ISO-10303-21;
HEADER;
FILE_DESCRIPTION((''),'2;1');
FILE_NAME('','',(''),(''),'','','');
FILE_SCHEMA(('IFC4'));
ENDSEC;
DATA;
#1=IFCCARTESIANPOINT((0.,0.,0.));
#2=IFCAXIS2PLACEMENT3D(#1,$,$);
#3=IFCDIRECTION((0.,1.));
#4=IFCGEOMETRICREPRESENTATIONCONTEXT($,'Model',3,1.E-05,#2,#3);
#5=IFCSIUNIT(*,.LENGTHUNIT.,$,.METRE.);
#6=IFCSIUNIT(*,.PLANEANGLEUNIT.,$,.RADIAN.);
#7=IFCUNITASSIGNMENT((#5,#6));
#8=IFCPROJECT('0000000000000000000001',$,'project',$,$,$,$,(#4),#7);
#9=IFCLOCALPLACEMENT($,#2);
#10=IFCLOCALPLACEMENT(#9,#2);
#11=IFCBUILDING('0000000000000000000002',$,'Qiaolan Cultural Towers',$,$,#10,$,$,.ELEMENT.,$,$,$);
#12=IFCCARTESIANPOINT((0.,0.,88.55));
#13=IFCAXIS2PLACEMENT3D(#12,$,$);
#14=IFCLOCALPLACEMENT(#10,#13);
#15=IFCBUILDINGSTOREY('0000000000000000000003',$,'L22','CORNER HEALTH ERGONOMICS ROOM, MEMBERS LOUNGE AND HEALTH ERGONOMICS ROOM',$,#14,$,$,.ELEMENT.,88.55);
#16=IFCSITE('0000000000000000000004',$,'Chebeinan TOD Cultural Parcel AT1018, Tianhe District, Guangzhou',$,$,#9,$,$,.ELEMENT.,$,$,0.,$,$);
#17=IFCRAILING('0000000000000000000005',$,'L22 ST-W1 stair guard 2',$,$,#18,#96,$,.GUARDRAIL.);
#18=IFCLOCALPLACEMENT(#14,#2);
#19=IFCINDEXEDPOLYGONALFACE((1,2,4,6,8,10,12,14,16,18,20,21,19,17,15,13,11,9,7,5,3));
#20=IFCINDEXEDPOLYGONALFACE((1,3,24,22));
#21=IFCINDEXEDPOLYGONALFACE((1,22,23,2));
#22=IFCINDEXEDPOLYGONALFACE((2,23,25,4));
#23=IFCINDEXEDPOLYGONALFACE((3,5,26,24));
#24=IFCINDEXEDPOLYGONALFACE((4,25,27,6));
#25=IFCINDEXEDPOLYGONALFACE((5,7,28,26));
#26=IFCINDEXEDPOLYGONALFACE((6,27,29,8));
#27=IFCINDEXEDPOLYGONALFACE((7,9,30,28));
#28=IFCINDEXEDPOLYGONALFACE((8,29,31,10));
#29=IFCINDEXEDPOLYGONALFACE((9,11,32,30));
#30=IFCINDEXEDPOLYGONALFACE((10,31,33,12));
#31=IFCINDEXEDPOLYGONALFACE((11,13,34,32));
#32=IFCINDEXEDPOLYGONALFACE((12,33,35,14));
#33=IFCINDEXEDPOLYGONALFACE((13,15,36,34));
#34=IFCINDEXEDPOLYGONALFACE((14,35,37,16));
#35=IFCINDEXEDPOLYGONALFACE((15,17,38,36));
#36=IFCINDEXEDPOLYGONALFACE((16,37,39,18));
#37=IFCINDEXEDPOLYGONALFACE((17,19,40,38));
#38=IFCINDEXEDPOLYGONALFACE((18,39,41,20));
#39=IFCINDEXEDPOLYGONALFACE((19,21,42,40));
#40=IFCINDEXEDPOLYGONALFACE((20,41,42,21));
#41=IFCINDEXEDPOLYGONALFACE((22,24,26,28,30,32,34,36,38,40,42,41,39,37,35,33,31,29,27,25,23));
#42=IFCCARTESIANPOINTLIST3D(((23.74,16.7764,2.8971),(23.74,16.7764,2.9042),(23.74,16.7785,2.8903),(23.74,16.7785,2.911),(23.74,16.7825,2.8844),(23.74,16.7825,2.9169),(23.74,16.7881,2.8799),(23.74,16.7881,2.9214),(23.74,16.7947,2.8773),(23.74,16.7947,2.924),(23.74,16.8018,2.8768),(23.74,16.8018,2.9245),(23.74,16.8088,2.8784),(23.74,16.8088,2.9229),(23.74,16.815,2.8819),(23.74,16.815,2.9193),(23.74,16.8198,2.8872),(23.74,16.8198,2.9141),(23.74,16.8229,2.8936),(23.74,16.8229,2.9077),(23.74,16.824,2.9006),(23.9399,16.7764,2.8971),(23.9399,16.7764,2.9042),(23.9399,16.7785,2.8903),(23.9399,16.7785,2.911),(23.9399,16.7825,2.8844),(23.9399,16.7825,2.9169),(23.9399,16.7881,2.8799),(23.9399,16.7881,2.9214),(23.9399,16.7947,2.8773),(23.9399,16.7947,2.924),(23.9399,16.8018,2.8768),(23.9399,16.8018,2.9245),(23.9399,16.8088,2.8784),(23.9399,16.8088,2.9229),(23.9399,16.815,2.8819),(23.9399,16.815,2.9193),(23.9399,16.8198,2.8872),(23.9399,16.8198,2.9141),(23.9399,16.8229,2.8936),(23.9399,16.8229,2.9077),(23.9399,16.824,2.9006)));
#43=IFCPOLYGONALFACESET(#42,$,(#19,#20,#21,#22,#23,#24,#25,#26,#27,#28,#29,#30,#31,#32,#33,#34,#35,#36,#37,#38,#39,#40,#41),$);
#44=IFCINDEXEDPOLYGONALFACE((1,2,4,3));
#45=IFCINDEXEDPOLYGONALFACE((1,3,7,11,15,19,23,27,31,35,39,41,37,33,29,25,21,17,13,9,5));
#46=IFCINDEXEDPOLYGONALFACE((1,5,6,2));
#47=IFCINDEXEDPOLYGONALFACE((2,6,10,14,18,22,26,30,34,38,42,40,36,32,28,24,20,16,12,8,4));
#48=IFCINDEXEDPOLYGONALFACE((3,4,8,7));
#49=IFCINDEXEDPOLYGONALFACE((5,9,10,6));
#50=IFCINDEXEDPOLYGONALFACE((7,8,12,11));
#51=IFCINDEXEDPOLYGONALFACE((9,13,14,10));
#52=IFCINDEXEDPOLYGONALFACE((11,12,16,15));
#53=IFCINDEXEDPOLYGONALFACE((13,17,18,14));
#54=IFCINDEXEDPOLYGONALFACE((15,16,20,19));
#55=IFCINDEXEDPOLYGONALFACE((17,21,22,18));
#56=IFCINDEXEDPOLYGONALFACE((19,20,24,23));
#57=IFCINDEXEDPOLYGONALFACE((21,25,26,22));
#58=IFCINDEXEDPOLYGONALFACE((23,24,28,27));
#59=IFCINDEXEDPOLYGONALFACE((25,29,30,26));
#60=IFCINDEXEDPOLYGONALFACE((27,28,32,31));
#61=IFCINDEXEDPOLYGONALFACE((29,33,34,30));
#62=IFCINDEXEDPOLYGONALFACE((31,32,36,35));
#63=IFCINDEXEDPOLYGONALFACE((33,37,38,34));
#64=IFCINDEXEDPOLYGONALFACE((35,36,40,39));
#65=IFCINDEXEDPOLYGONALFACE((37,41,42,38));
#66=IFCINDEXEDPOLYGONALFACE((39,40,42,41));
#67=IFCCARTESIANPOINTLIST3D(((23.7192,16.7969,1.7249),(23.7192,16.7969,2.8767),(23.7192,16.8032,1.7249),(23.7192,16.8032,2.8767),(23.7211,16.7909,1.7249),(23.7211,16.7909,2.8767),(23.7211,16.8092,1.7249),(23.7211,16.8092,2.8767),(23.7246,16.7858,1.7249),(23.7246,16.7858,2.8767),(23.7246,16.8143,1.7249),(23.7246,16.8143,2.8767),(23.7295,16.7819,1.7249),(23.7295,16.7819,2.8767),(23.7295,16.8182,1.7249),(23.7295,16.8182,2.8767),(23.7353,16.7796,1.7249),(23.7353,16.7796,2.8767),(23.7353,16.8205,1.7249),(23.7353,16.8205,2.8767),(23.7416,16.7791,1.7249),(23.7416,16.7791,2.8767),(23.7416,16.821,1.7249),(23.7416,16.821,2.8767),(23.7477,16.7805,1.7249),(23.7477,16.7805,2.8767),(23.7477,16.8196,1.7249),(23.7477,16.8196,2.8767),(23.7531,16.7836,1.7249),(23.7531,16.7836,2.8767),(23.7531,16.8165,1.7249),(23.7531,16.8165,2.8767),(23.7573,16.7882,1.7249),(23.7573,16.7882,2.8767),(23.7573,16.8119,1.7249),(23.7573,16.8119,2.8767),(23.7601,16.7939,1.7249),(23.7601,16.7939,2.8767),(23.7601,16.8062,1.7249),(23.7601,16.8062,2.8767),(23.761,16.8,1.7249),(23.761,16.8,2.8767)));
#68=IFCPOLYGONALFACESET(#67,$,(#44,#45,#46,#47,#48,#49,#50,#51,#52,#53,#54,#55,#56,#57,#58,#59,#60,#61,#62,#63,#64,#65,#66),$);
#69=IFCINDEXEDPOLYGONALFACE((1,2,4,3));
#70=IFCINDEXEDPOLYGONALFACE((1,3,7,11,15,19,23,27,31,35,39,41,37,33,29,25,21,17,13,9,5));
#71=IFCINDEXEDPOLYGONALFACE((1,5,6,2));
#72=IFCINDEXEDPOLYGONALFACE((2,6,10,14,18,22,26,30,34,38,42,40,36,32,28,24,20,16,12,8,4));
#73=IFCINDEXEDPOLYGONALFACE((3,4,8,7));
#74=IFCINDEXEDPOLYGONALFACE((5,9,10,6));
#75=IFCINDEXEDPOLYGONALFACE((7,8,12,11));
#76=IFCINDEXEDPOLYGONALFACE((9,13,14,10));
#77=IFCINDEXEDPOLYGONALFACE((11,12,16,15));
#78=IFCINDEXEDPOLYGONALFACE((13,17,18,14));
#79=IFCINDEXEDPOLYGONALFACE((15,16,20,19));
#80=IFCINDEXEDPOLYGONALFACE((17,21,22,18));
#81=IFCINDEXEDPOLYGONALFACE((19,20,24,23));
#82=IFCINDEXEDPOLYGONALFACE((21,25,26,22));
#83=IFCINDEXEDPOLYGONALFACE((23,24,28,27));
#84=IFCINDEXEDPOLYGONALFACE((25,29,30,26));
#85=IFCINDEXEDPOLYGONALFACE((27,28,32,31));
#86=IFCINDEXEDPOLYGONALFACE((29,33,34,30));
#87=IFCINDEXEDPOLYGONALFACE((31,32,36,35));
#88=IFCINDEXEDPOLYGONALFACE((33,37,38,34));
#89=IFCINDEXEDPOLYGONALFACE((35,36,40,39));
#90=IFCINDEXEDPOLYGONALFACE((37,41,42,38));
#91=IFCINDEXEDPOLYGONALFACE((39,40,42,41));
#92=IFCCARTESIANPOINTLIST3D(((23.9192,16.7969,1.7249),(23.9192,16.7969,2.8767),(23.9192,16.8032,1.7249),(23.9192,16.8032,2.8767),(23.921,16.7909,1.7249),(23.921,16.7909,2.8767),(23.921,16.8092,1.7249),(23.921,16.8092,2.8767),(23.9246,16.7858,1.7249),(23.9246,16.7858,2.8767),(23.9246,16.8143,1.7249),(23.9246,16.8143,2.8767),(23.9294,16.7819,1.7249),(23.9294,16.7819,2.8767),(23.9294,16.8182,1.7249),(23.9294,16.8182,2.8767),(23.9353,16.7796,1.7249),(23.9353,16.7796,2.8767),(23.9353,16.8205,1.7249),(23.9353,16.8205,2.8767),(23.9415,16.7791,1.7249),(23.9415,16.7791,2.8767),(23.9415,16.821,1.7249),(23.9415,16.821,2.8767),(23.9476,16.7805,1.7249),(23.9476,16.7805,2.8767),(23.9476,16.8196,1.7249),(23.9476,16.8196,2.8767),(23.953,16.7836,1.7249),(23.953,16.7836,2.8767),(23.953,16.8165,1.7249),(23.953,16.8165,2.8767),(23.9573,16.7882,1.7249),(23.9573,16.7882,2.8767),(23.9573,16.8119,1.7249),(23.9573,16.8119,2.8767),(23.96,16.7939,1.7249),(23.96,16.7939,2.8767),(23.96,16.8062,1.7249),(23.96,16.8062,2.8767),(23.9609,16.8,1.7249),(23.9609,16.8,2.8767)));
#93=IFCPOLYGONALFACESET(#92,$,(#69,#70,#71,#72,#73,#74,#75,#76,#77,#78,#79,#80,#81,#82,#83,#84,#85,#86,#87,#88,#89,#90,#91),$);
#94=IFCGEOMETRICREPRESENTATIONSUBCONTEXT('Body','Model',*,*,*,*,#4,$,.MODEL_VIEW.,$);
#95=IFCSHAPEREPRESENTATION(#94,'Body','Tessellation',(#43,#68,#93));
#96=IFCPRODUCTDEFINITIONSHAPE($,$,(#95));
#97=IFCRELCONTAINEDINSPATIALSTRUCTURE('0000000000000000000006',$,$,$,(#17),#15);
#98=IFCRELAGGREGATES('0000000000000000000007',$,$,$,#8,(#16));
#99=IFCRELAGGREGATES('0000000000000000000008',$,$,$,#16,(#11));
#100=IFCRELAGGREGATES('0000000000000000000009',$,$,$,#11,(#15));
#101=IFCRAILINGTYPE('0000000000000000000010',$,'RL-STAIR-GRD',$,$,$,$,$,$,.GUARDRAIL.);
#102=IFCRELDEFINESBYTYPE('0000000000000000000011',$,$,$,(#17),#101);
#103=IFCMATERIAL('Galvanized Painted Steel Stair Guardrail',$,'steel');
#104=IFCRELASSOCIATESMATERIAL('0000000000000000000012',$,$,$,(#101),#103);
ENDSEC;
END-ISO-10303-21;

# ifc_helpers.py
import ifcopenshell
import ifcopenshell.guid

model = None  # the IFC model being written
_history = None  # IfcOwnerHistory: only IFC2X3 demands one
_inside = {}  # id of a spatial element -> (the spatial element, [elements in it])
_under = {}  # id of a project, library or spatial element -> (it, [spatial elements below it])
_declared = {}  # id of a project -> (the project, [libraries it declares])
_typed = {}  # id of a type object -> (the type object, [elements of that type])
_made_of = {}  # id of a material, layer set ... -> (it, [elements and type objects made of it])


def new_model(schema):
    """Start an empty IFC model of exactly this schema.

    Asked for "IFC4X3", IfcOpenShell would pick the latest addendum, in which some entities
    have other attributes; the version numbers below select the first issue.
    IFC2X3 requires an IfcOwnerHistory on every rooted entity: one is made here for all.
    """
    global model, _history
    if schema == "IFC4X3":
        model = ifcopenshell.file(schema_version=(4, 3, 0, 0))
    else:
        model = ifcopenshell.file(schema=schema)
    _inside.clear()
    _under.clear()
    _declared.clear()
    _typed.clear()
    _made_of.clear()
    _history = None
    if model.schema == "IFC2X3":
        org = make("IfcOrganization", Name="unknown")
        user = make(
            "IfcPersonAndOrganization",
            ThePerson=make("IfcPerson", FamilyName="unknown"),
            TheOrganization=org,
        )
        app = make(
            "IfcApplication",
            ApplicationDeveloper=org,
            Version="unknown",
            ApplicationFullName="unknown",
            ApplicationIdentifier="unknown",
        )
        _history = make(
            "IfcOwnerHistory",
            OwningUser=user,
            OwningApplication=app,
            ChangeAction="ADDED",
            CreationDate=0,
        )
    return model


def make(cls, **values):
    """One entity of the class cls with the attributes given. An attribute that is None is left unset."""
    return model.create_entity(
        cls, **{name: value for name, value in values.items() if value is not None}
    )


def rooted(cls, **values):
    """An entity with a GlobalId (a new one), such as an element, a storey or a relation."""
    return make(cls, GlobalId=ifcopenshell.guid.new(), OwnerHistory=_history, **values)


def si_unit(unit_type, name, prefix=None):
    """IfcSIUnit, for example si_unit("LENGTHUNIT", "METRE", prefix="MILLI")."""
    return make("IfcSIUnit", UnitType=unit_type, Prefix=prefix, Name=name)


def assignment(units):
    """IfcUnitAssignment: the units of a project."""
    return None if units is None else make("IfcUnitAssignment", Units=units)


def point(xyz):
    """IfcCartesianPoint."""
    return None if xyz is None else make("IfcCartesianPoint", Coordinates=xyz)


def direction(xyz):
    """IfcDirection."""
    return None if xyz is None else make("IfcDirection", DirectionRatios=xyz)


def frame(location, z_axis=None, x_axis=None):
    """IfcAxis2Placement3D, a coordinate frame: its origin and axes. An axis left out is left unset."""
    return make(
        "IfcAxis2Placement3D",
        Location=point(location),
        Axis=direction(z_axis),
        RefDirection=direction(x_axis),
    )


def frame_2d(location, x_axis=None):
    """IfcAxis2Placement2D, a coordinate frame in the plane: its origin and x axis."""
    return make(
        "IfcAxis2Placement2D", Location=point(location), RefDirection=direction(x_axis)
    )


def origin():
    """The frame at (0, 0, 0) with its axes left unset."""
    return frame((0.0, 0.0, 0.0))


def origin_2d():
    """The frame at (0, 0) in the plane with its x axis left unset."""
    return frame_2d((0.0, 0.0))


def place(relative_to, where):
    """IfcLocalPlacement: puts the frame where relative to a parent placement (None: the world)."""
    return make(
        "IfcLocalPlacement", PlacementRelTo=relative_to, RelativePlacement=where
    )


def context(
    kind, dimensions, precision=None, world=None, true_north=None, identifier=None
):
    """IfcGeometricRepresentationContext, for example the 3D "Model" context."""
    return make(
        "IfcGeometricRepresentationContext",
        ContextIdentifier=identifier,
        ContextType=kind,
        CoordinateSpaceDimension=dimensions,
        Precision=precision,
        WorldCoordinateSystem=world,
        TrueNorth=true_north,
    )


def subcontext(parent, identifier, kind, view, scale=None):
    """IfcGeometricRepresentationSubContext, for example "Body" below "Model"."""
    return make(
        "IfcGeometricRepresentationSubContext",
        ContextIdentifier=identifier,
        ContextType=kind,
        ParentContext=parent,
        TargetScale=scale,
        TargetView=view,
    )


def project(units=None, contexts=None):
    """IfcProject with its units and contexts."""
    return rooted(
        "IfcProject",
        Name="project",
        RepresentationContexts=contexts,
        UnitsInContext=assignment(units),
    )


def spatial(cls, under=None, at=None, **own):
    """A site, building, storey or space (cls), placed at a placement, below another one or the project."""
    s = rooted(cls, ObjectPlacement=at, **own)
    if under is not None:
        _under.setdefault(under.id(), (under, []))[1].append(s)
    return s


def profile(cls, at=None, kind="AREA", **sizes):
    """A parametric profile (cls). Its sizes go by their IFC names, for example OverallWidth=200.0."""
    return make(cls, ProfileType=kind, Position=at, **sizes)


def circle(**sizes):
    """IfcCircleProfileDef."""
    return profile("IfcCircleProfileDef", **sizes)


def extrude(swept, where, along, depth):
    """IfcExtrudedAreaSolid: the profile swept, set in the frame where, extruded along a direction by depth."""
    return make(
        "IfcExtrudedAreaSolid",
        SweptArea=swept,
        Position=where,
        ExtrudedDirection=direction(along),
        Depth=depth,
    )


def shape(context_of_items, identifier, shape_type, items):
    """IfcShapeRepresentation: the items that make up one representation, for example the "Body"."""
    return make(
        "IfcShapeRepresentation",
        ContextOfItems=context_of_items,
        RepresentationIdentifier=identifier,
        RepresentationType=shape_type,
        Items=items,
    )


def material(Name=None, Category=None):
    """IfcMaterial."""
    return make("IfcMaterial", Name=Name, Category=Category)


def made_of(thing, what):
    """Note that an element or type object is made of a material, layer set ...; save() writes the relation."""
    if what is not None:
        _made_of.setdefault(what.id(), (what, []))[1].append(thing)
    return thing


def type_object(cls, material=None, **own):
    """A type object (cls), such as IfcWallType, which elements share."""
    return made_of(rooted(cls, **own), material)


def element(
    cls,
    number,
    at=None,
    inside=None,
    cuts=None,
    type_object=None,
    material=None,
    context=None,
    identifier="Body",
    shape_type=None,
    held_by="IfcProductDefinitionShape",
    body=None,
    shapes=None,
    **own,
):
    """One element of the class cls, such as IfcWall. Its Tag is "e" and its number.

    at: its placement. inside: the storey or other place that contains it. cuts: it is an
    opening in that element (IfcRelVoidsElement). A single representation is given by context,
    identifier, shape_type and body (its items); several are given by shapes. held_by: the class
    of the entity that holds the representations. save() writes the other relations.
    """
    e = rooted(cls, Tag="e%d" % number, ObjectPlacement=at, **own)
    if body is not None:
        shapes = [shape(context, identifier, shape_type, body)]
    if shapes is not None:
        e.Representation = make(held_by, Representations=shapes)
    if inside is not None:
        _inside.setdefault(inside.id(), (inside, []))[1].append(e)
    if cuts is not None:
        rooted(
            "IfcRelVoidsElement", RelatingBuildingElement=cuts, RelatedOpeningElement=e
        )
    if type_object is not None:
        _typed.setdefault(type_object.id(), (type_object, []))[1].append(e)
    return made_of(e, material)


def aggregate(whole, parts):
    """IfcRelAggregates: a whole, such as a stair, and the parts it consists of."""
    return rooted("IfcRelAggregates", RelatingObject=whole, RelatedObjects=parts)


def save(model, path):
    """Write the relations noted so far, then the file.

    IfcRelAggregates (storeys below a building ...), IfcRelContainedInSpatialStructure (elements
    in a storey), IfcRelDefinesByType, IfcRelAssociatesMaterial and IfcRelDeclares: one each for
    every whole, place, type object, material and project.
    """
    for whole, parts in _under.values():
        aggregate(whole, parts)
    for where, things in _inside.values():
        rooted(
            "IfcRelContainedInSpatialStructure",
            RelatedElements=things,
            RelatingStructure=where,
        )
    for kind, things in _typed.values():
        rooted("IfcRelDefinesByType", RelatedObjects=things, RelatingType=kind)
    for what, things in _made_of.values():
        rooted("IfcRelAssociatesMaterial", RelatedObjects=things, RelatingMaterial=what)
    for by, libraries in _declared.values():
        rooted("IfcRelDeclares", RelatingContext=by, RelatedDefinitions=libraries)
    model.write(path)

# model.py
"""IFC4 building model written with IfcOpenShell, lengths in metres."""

from ifc_helpers import new_model, si_unit, direction, frame, origin, origin_2d, place, context, subcontext, project, spatial, circle, extrude, material, type_object, element, save


model = new_model("IFC4")

# Units and contexts
model_context = context("Model", 3, precision=1e-05, world=origin(), true_north=direction((0.0, 1.0)))
body_context = subcontext(model_context, "Body", "Model", "MODEL_VIEW")
ifc_project = project(units=[si_unit("LENGTHUNIT", "METRE"), si_unit("PLANEANGLEUNIT", "RADIAN")], contexts=[model_context])

# Site, building, storey
site_placement = place(None, origin())
site = spatial("IfcSite", under=ifc_project, at=site_placement, Name="Chebeinan TOD Cultural Parcel AT1018, Tianhe District, Guangzhou", CompositionType="ELEMENT", RefElevation=0.0)
building_placement = place(site_placement, origin())
building = spatial("IfcBuilding", under=site, at=building_placement, Name="Qiaolan Cultural Towers", CompositionType="ELEMENT")
storey_placement = place(building_placement, frame((0.0, 0.0, 88.55)))
storey = spatial("IfcBuildingStorey", under=building, at=storey_placement, Name="L22", Description="CORNER HEALTH ERGONOMICS ROOM, MEMBERS LOUNGE AND HEALTH ERGONOMICS ROOM", CompositionType="ELEMENT", Elevation=88.55)

# Railing
ifc_material_1 = material(Name="Galvanized Painted Steel Stair Guardrail", Category="steel")
railing_type_1 = type_object("IfcRailingType", Name="RL-STAIR-GRD", PredefinedType="GUARDRAIL", material=ifc_material_1)
railing_1_placement = place(storey_placement, frame((23.74, 16.8, 1.7249)))
element("IfcRailing", 1, at=railing_1_placement, inside=storey, type_object=railing_type_1, Name="L22 ST-W1 stair guard 2", PredefinedType="GUARDRAIL", context=body_context, shape_type="SweptSolid", body=[
    extrude(circle(Radius=0.0239, at=origin_2d()), frame((0.0, 0.0, 1.1758), z_axis=(1.0, 0.0, 0.0), x_axis=(0.0, 1.0, 0.0)), (0.0, 0.0, 1.0), 0.2),
    extrude(circle(Radius=0.021, at=origin_2d()), origin(), (0.0, 0.0, 1.0), 1.1519),
    extrude(circle(Radius=0.021, at=origin_2d()), frame((0.2, 0.0, 0.0)), (0.0, 0.0, 1.0), 1.1519),
])

save(model, "model.ifc")
